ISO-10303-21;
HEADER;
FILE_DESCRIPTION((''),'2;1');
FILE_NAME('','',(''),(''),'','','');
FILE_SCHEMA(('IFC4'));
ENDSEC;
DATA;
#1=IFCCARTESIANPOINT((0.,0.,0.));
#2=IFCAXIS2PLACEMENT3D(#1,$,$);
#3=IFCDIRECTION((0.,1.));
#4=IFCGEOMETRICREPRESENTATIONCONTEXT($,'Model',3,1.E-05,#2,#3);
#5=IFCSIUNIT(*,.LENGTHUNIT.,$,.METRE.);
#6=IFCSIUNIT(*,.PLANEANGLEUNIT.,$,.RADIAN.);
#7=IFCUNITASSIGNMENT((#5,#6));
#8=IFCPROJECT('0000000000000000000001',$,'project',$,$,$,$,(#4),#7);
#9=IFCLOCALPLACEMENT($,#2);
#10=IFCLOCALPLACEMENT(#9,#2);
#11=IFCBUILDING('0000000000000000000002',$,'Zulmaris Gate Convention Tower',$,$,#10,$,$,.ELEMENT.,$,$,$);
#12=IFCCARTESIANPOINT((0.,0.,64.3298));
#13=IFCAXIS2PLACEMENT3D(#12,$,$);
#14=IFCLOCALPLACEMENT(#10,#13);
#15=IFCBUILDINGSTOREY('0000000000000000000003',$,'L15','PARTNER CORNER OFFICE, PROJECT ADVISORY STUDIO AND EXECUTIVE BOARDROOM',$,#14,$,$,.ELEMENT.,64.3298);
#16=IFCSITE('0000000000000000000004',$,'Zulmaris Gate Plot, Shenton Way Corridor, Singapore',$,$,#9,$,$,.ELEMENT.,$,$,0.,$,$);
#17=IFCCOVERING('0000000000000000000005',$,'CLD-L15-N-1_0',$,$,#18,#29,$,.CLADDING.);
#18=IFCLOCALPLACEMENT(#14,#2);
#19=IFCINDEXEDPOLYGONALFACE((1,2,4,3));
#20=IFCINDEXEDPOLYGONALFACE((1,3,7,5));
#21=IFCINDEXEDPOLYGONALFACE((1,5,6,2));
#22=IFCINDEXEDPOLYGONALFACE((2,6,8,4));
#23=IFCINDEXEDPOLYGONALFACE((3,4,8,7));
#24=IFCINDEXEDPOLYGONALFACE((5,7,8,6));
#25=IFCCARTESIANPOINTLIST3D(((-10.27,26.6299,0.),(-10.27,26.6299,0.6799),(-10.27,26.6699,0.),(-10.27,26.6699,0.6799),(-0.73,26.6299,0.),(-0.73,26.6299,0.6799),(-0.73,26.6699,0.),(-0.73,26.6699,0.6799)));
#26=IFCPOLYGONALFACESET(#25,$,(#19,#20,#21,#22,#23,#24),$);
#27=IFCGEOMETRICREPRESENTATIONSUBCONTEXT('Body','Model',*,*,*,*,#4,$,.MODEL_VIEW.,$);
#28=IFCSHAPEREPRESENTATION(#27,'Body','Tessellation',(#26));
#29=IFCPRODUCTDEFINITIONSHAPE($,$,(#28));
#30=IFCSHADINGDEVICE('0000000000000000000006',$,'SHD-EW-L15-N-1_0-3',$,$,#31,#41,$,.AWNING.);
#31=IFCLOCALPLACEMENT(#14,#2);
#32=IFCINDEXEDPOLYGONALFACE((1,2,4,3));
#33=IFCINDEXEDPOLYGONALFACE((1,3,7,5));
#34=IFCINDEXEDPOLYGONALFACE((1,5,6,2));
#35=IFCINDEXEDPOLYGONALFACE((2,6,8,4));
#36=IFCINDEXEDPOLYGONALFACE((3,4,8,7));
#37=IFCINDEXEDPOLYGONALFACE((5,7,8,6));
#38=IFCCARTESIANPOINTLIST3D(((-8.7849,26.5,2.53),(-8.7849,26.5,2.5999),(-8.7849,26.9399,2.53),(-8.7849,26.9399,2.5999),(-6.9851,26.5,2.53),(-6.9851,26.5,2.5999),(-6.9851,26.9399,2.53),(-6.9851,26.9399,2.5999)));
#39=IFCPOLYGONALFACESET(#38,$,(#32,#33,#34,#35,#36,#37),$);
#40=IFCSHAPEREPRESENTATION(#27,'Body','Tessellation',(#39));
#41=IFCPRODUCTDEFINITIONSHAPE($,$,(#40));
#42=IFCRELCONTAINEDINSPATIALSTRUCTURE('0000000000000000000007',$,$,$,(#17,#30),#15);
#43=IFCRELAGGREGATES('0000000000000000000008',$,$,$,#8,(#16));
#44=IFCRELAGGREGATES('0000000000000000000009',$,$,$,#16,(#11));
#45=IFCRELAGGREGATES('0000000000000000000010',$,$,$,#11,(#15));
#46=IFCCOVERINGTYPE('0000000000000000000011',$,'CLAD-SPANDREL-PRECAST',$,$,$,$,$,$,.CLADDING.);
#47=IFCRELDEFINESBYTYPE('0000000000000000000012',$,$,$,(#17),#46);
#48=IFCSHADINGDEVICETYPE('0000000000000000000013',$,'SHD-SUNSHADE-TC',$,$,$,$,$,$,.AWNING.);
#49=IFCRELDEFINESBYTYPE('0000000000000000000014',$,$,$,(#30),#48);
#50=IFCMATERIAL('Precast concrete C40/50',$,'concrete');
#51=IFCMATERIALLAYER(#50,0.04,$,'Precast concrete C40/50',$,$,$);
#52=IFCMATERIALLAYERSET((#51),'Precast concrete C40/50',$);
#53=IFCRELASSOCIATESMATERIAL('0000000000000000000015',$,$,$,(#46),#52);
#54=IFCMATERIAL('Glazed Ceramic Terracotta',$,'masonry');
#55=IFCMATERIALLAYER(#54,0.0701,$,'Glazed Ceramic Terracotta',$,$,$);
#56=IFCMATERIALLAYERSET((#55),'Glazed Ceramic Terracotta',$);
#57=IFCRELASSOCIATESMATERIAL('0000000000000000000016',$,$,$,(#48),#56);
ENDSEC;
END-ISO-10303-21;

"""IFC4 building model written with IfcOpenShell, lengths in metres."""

from ifc_helpers import new_model, si_unit, direction, frame, frame_2d, origin, place, context, subcontext, project, spatial, rectangle, extrude, material, layer, layer_set, type_object, element, save


model = new_model("IFC4")

# Units and contexts
model_context = context("Model", 3, precision=1e-05, world=origin(), true_north=direction((0.0, 1.0)))
body_context = subcontext(model_context, "Body", "Model", "MODEL_VIEW")
ifc_project = project(units=[si_unit("LENGTHUNIT", "METRE"), si_unit("PLANEANGLEUNIT", "RADIAN")], contexts=[model_context])

# Site, building, storey
site_placement = place(None, origin())
site = spatial("IfcSite", under=ifc_project, at=site_placement, Name="Zulmaris Gate Plot, Shenton Way Corridor, Singapore", CompositionType="ELEMENT", RefElevation=0.0)
building_placement = place(site_placement, origin())
building = spatial("IfcBuilding", under=site, at=building_placement, Name="Zulmaris Gate Convention Tower", CompositionType="ELEMENT")
storey_placement = place(building_placement, frame((0.0, 0.0, 64.3298)))
storey = spatial("IfcBuildingStorey", under=building, at=storey_placement, Name="L15", Description="PARTNER CORNER OFFICE, PROJECT ADVISORY STUDIO AND EXECUTIVE BOARDROOM", CompositionType="ELEMENT", Elevation=64.3298)

# Shared definitions
ifc_material_1 = material(Name="Precast concrete C40/50", Category="concrete")

# Covering
ifc_layer_1 = layer(ifc_material_1, 0.04, Name="Precast concrete C40/50")
ifc_layer_set_1 = layer_set([ifc_layer_1], Name="Precast concrete C40/50")
covering_type = type_object("IfcCoveringType", Name="CLAD-SPANDREL-PRECAST", PredefinedType="CLADDING", material=ifc_layer_set_1)
covering_1_placement = place(storey_placement, frame((-0.73, 26.6499, 0.0), z_axis=(0.0, 0.0, 1.0), x_axis=(-1.0, 0.0, 0.0)))
element("IfcCovering", 1, at=covering_1_placement, inside=storey, type_object=covering_type, Name="CLD-L15-N-1_0", PredefinedType="CLADDING", context=body_context, shape_type="SweptSolid", body=[
    extrude(rectangle(XDim=9.54, YDim=0.04, at=frame_2d((4.77, 0.0))), origin(), (0.0, 0.0, 1.0), 0.6799),
])

# Shading device
ifc_material_2 = material(Name="Glazed Ceramic Terracotta", Category="masonry")
ifc_layer_2 = layer(ifc_material_2, 0.0701, Name="Glazed Ceramic Terracotta")
ifc_layer_set_2 = layer_set([ifc_layer_2], Name="Glazed Ceramic Terracotta")
shading_device_type = type_object("IfcShadingDeviceType", Name="SHD-SUNSHADE-TC", PredefinedType="AWNING", material=ifc_layer_set_2)
shading_device_placement = place(storey_placement, frame((-6.9851, 26.72, 2.53), z_axis=(0.0, 0.0, 1.0), x_axis=(-1.0, 0.0, 0.0)))
element("IfcShadingDevice", 2, at=shading_device_placement, inside=storey, type_object=shading_device_type, Name="SHD-EW-L15-N-1_0-3", PredefinedType="AWNING", context=body_context, shape_type="SweptSolid", body=[
    extrude(rectangle(XDim=1.7998, YDim=0.4399, at=frame_2d((0.8999, 0.0))), origin(), (0.0, 0.0, 1.0), 0.0698),
])

save(model, "model.ifc")
